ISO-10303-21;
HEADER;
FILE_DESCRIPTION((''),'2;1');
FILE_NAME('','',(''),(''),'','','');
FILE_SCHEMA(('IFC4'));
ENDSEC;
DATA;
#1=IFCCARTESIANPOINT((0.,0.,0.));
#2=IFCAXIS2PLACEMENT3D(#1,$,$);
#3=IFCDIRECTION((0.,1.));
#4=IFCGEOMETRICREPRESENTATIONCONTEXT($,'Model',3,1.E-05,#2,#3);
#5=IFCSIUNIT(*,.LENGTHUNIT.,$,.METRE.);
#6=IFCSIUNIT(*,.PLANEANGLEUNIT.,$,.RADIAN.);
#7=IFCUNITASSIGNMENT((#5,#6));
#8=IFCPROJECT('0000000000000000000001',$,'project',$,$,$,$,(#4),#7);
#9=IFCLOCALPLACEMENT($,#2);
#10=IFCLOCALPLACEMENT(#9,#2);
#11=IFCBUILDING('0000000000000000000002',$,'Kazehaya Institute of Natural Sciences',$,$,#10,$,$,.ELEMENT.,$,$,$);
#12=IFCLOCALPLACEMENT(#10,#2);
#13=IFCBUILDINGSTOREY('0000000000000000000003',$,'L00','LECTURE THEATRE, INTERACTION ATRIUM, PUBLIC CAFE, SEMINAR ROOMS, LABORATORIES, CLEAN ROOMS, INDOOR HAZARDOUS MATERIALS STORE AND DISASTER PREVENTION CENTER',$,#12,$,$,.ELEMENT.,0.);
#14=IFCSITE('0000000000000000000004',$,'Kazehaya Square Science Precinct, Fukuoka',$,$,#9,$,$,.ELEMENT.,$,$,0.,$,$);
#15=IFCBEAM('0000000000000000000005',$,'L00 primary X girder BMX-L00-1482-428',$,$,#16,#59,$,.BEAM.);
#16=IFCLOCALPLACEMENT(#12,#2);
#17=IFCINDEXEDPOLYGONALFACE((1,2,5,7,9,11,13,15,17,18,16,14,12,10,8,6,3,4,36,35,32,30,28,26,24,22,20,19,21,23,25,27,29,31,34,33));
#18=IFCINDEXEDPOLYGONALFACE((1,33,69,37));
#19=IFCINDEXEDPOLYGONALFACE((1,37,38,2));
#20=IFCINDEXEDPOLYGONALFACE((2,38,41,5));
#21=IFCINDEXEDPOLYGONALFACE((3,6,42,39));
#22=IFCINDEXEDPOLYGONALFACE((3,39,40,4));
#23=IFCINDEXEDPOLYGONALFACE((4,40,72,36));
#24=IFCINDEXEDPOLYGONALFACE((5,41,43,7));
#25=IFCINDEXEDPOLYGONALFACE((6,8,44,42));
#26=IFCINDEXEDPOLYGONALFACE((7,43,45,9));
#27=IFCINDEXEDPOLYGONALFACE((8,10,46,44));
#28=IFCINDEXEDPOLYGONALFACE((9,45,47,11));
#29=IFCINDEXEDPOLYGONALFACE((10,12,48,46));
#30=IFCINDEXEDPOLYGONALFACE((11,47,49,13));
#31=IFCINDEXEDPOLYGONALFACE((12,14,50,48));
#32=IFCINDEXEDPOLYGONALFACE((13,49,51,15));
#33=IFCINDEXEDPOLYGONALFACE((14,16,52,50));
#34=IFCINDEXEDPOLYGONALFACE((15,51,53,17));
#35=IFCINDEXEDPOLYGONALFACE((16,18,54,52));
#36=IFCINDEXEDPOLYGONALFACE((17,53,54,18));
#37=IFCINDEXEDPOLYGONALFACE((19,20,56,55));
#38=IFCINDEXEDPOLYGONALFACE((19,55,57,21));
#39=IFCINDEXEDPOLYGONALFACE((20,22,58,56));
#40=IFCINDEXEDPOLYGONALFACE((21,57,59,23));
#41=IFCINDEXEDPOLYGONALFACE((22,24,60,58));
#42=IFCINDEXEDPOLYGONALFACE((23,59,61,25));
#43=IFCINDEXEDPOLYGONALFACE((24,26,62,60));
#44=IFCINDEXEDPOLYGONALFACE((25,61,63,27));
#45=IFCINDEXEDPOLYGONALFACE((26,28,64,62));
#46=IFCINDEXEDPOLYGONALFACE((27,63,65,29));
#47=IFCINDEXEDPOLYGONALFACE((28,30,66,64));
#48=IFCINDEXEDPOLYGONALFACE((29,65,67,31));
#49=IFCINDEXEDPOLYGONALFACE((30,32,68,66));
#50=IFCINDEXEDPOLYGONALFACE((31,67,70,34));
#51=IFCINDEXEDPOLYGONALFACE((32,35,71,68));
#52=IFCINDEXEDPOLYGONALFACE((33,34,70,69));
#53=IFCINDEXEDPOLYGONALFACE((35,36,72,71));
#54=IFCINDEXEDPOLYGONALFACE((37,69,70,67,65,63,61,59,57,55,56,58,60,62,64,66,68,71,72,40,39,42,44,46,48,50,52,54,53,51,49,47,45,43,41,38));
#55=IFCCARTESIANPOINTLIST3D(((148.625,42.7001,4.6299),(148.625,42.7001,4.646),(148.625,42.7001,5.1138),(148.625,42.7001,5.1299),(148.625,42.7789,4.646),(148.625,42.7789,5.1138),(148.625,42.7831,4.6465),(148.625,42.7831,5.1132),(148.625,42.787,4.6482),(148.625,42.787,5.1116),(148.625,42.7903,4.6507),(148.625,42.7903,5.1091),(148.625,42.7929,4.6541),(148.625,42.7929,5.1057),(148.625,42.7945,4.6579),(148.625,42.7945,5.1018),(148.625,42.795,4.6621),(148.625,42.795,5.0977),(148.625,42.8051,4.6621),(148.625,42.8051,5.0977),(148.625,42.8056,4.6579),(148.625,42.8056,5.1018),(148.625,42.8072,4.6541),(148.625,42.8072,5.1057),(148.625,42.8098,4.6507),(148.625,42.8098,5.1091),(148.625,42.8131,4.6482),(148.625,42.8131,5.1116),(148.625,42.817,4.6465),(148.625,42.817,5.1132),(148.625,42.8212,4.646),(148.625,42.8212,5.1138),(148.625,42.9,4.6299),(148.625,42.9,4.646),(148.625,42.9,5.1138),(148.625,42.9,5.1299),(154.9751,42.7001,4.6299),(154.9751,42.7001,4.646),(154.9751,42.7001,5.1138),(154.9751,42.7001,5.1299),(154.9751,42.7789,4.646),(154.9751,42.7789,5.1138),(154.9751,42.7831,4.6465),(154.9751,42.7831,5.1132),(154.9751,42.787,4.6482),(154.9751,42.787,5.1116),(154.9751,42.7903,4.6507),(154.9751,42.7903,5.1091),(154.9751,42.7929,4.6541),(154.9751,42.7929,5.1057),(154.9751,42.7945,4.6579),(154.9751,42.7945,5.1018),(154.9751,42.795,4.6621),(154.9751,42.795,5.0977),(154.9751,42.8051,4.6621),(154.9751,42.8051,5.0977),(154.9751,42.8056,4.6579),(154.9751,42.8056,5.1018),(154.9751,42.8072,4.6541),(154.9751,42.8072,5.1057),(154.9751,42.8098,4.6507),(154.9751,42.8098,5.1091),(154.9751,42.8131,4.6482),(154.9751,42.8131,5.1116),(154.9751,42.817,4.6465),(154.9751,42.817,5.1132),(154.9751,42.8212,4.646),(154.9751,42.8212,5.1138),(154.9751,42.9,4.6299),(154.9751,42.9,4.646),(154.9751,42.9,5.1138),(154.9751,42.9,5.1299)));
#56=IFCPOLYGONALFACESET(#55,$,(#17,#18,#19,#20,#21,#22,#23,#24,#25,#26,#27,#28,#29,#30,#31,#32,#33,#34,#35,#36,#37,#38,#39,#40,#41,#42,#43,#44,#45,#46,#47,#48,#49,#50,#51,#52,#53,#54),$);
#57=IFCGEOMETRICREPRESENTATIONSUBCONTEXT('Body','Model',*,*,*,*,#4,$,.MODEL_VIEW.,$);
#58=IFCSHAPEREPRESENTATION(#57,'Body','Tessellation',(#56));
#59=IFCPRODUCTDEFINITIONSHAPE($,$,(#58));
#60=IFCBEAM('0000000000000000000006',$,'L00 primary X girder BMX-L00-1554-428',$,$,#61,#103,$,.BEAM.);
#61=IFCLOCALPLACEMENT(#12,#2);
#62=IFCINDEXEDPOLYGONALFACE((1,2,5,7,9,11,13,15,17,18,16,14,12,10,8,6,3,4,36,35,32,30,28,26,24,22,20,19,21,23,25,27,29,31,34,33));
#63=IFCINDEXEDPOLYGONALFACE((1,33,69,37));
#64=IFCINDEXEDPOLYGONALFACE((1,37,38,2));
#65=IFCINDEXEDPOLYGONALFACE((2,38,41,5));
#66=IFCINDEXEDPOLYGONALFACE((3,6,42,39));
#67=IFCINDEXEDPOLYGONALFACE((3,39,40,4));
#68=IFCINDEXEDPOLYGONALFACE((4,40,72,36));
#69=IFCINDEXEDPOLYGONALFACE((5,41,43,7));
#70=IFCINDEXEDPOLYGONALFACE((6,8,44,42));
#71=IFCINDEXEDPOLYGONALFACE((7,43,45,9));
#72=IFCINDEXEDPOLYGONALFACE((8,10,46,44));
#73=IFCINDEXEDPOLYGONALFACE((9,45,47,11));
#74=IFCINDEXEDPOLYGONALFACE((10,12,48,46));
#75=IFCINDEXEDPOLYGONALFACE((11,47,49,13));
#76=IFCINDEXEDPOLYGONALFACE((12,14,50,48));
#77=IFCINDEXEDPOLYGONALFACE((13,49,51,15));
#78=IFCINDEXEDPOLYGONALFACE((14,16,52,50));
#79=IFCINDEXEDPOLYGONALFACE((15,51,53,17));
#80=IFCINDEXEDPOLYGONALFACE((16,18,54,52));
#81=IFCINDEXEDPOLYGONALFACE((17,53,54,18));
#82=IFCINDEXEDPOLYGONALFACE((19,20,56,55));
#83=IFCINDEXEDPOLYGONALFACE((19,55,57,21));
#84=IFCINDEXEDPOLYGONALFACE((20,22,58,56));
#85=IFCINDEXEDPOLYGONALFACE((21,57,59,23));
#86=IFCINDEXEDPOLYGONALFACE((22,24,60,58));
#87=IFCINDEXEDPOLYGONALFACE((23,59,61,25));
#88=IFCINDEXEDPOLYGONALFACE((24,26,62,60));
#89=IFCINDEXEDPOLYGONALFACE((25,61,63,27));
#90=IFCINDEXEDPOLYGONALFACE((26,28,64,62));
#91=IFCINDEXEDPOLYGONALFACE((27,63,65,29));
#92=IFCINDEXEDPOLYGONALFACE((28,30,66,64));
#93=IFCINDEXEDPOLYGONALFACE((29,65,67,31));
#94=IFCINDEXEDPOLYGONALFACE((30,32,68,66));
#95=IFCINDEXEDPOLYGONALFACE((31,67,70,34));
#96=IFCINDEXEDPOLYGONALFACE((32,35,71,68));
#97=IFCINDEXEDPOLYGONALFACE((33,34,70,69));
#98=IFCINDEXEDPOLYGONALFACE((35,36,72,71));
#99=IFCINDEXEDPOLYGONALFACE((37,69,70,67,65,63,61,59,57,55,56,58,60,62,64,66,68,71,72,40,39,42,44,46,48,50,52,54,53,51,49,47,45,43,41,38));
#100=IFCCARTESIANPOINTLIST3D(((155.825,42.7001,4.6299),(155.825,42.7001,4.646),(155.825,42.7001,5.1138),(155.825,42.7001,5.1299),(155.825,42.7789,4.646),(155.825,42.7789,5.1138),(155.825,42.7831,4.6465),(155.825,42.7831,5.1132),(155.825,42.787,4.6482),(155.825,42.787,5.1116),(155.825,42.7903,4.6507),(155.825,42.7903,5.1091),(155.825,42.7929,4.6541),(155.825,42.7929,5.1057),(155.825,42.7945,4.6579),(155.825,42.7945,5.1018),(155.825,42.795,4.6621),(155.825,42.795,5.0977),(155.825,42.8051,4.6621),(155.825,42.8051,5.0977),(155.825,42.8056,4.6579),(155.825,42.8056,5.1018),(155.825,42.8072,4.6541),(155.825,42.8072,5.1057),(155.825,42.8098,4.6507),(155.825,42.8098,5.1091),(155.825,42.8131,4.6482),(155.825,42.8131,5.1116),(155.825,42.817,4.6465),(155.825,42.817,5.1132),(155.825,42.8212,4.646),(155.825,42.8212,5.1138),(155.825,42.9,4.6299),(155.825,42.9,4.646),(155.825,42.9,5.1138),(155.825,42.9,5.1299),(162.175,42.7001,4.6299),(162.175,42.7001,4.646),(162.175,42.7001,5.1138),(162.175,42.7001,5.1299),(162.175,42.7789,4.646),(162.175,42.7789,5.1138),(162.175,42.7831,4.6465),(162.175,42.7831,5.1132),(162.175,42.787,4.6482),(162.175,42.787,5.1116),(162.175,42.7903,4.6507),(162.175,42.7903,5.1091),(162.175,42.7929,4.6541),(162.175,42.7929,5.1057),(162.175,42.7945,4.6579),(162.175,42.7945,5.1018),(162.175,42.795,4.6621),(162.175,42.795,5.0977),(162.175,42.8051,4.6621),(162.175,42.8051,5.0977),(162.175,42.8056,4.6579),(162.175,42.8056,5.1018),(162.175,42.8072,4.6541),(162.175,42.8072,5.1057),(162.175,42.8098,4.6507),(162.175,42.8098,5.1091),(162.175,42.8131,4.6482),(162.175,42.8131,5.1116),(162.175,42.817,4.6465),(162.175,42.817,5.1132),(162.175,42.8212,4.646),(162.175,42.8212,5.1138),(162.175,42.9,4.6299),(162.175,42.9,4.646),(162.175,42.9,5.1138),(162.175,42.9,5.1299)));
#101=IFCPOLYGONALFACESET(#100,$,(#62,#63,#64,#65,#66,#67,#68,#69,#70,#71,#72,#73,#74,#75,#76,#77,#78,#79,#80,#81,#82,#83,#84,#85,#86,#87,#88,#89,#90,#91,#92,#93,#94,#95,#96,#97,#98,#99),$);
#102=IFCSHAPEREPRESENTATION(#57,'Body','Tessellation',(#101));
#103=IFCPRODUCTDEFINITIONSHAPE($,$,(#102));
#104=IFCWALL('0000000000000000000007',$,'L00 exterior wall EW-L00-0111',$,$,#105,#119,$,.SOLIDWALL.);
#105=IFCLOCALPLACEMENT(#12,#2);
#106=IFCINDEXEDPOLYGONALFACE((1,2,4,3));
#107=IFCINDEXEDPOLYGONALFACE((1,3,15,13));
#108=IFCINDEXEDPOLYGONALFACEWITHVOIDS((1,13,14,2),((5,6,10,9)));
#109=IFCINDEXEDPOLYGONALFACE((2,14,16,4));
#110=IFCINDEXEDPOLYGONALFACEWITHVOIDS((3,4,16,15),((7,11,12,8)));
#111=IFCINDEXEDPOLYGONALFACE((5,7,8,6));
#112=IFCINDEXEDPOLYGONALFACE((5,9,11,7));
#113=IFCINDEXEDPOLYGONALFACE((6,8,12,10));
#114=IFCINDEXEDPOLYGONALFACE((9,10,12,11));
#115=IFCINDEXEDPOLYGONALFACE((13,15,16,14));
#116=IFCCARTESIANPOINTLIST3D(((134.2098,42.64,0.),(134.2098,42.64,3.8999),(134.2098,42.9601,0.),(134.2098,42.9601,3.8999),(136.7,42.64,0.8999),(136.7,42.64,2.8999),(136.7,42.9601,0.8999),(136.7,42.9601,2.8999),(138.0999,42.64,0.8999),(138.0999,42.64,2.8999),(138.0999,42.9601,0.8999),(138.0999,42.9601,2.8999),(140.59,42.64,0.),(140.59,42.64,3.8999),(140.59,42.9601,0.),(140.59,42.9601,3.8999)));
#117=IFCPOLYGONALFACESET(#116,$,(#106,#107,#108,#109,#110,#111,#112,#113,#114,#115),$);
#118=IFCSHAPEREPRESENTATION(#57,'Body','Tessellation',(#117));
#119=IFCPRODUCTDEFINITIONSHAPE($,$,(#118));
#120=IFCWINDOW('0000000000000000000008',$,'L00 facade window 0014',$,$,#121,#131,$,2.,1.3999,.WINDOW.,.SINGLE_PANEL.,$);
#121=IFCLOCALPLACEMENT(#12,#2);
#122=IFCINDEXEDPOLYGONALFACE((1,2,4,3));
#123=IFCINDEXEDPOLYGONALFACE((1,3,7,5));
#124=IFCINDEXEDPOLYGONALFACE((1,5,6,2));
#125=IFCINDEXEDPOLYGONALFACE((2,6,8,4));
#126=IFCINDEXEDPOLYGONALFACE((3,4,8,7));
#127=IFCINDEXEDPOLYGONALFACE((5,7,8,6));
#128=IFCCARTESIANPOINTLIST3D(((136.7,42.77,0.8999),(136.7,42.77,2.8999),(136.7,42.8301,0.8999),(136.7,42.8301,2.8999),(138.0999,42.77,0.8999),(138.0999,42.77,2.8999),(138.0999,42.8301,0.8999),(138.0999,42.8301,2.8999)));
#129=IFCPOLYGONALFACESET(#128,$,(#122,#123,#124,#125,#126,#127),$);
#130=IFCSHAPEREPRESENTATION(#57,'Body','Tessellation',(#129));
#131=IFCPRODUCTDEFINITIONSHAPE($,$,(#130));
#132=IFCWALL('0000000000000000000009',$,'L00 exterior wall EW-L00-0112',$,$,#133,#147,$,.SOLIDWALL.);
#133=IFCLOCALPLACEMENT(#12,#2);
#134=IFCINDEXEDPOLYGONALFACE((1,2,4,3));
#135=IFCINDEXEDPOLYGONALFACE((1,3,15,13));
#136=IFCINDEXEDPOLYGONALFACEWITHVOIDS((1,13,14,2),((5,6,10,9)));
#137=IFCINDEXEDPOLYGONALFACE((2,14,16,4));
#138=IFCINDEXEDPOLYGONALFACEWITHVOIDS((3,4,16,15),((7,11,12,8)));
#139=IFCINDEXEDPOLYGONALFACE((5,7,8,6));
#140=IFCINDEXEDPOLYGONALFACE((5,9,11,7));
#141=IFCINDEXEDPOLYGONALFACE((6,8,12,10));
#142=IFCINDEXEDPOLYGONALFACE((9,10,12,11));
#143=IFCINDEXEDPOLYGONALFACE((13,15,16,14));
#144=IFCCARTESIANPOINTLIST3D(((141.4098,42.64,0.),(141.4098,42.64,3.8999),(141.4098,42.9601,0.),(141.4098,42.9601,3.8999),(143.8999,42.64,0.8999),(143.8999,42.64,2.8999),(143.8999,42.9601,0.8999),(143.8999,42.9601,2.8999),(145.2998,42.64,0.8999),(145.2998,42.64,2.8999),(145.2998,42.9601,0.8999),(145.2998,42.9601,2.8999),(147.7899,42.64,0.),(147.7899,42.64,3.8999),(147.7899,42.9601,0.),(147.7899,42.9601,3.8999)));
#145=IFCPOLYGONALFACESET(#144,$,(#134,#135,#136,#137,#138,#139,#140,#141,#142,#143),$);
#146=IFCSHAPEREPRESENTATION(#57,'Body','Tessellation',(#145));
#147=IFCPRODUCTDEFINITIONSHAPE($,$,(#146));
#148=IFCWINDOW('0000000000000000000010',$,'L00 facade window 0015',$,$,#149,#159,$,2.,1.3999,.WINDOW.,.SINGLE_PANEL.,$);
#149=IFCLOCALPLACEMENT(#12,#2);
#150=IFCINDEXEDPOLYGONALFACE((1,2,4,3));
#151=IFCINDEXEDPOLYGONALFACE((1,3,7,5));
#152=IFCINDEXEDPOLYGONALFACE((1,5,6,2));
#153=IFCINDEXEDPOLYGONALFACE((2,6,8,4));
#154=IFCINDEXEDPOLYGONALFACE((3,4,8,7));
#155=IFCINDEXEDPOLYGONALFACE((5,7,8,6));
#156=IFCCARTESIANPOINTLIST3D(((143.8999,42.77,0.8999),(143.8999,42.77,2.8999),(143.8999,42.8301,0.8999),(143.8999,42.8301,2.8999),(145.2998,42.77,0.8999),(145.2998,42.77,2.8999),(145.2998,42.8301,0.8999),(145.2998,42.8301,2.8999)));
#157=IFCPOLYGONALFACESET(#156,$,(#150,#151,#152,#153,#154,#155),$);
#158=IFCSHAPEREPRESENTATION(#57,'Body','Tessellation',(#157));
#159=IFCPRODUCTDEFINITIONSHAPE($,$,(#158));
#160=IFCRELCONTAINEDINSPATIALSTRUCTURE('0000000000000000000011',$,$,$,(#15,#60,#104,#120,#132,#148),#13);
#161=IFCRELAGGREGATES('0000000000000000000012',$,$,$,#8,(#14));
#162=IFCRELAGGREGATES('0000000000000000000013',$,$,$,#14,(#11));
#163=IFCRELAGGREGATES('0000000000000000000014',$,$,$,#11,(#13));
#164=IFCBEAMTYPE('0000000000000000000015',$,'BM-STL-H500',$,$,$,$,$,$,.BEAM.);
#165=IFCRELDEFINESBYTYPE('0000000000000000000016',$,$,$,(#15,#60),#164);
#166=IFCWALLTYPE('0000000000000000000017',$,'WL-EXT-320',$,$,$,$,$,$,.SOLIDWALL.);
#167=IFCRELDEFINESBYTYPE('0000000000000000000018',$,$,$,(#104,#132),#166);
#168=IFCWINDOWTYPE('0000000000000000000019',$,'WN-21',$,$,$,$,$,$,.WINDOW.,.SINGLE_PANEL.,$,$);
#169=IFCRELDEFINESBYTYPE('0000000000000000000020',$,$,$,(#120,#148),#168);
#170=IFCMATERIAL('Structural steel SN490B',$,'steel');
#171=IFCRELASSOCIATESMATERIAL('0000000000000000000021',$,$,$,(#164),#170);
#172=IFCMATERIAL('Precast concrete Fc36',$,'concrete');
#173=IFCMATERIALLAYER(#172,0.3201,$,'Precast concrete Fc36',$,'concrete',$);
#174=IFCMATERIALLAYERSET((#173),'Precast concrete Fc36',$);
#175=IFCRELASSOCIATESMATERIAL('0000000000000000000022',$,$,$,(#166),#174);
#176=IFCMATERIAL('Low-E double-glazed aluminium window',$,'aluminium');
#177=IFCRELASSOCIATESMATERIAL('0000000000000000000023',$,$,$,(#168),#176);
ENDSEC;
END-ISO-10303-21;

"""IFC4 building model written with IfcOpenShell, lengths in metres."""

from ifc_helpers import new_model, si_unit, direction, frame, frame_2d, origin, origin_2d, place, context, subcontext, project, spatial, rectangle, i_section, extrude, material, layer, layer_set, material_profile, profile_set, type_object, element, fill, save


model = new_model("IFC4")

# Units and contexts
model_context = context("Model", 3, precision=1e-05, world=origin(), true_north=direction((0.0, 1.0)))
body_context = subcontext(model_context, "Body", "Model", "MODEL_VIEW")
ifc_project = project(units=[si_unit("LENGTHUNIT", "METRE"), si_unit("PLANEANGLEUNIT", "RADIAN")], contexts=[model_context])

# Site, building, storey
site_placement = place(None, origin())
site = spatial("IfcSite", under=ifc_project, at=site_placement, Name="Kazehaya Square Science Precinct, Fukuoka", CompositionType="ELEMENT", RefElevation=0.0)
building_placement = place(site_placement, origin())
building = spatial("IfcBuilding", under=site, at=building_placement, Name="Kazehaya Institute of Natural Sciences", CompositionType="ELEMENT")
storey_placement = place(building_placement, origin())
storey = spatial("IfcBuildingStorey", under=building, at=storey_placement, Name="L00", Description="LECTURE THEATRE, INTERACTION ATRIUM, PUBLIC CAFE, SEMINAR ROOMS, LABORATORIES, CLEAN ROOMS, INDOOR HAZARDOUS MATERIALS STORE AND DISASTER PREVENTION CENTER", CompositionType="ELEMENT", Elevation=0.0)

# Beams
ifc_material_1 = material(Name="Structural steel SN490B", Category="steel")
ifc_material_profile_1 = material_profile(ifc_material_1, i_section(OverallWidth=0.2, OverallDepth=0.5, WebThickness=0.01, FlangeThickness=0.0161, FilletRadius=0.0161, at=origin_2d()), Name="H-500x200x10x16")
ifc_profile_set_1 = profile_set([ifc_material_profile_1], Name="Structural steel SN490B")
beam_type = type_object("IfcBeamType", Name="BM-STL-H500", PredefinedType="BEAM", material=ifc_profile_set_1)
for number, where, z_axis, x_axis, name in (
    (1, (148.625, 42.8, 4.8799), (1.0, 0.0, 0.0), (0.0, 1.0, 0.0), "L00 primary X girder BMX-L00-1482-428"),
    (2, (155.825, 42.8, 4.8799), (1.0, 0.0, 0.0), (0.0, 1.0, 0.0), "L00 primary X girder BMX-L00-1554-428"),
):
    element("IfcBeam", number, at=place(storey_placement, frame(where, z_axis=z_axis, x_axis=x_axis)), inside=storey, type_object=beam_type, Name=name, PredefinedType="BEAM", context=body_context, shape_type="SweptSolid", body=[
        extrude(i_section(OverallWidth=0.2, OverallDepth=0.5, WebThickness=0.01, FlangeThickness=0.0161, FilletRadius=0.0161, at=origin_2d()), origin(), (0.0, 0.0, 1.0), 6.3501),
    ])

# Walls, openings, windows
ifc_material_2 = material(Name="Precast concrete Fc36", Category="concrete")
ifc_layer_1 = layer(ifc_material_2, 0.3201, Name="Precast concrete Fc36", Category="concrete")
ifc_layer_set_1 = layer_set([ifc_layer_1], Name="Precast concrete Fc36")
wall_type = type_object("IfcWallType", Name="WL-EXT-320", PredefinedType="SOLIDWALL", material=ifc_layer_set_1)
wall_1_placement = place(storey_placement, frame((134.21, 42.8, 0.0), z_axis=(0.0, 0.0, 1.0), x_axis=(1.0, 0.0, 0.0)))
wall_1 = element("IfcWall", 3, at=wall_1_placement, inside=storey, type_object=wall_type, Name="L00 exterior wall EW-L00-0111", PredefinedType="SOLIDWALL", context=body_context, shape_type="SweptSolid", body=[
    extrude(rectangle(XDim=6.3801, YDim=0.3201, at=frame_2d((3.1899, 0.0))), origin(), (0.0, 0.0, 1.0), 3.8999),
])
opening_1_placement = place(wall_1_placement, frame((2.49, 0.0, 0.8999)))
opening_1 = element("IfcOpeningElement", 4, at=opening_1_placement, cuts=wall_1, PredefinedType="OPENING", context=body_context, shape_type="SweptSolid", body=[
    extrude(rectangle(XDim=1.3999, YDim=2.0, at=frame_2d((0.7, 1.0))), frame((0.0, 0.1699, 0.0), z_axis=(0.0, -1.0, 0.0), x_axis=(1.0, 0.0, 0.0)), (0.0, 0.0, 1.0), 0.3401),
])
ifc_material_3 = material(Name="Low-E double-glazed aluminium window", Category="aluminium")
window_type = type_object("IfcWindowType", Name="WN-21", PartitioningType="SINGLE_PANEL", PredefinedType="WINDOW", material=ifc_material_3)
window_1_placement = place(opening_1_placement, origin())
window_1 = element("IfcWindow", 5, at=window_1_placement, inside=storey, type_object=window_type, Name="L00 facade window 0014", OverallHeight=2.0, OverallWidth=1.3999, PartitioningType="SINGLE_PANEL", PredefinedType="WINDOW", context=body_context, shape_type="SweptSolid", body=[
    extrude(rectangle(XDim=1.3999, YDim=2.0, at=frame_2d((0.7, 1.0))), frame((0.0, 0.03, 0.0), z_axis=(0.0, -1.0, 0.0), x_axis=(1.0, 0.0, 0.0)), (0.0, 0.0, 1.0), 0.0601),
])
fill(opening_1, window_1)
wall_2_placement = place(storey_placement, frame((141.4099, 42.8, 0.0), z_axis=(0.0, 0.0, 1.0), x_axis=(1.0, 0.0, 0.0)))
wall_2 = element("IfcWall", 6, at=wall_2_placement, inside=storey, type_object=wall_type, Name="L00 exterior wall EW-L00-0112", PredefinedType="SOLIDWALL", context=body_context, shape_type="SweptSolid", body=[
    extrude(rectangle(XDim=6.3801, YDim=0.3201, at=frame_2d((3.1899, 0.0))), origin(), (0.0, 0.0, 1.0), 3.8999),
])
opening_2_placement = place(wall_2_placement, frame((2.49, 0.0, 0.8999)))
opening_2 = element("IfcOpeningElement", 7, at=opening_2_placement, cuts=wall_2, PredefinedType="OPENING", context=body_context, shape_type="SweptSolid", body=[
    extrude(rectangle(XDim=1.3999, YDim=2.0, at=frame_2d((0.7, 1.0))), frame((0.0, 0.1699, 0.0), z_axis=(0.0, -1.0, 0.0), x_axis=(1.0, 0.0, 0.0)), (0.0, 0.0, 1.0), 0.3401),
])
window_2_placement = place(opening_2_placement, origin())
window_2 = element("IfcWindow", 8, at=window_2_placement, inside=storey, type_object=window_type, Name="L00 facade window 0015", OverallHeight=2.0, OverallWidth=1.3999, PartitioningType="SINGLE_PANEL", PredefinedType="WINDOW", context=body_context, shape_type="SweptSolid", body=[
    extrude(rectangle(XDim=1.3999, YDim=2.0, at=frame_2d((0.7, 1.0))), frame((0.0, 0.03, 0.0), z_axis=(0.0, -1.0, 0.0), x_axis=(1.0, 0.0, 0.0)), (0.0, 0.0, 1.0), 0.0601),
])
fill(opening_2, window_2)

save(model, "model.ifc")
